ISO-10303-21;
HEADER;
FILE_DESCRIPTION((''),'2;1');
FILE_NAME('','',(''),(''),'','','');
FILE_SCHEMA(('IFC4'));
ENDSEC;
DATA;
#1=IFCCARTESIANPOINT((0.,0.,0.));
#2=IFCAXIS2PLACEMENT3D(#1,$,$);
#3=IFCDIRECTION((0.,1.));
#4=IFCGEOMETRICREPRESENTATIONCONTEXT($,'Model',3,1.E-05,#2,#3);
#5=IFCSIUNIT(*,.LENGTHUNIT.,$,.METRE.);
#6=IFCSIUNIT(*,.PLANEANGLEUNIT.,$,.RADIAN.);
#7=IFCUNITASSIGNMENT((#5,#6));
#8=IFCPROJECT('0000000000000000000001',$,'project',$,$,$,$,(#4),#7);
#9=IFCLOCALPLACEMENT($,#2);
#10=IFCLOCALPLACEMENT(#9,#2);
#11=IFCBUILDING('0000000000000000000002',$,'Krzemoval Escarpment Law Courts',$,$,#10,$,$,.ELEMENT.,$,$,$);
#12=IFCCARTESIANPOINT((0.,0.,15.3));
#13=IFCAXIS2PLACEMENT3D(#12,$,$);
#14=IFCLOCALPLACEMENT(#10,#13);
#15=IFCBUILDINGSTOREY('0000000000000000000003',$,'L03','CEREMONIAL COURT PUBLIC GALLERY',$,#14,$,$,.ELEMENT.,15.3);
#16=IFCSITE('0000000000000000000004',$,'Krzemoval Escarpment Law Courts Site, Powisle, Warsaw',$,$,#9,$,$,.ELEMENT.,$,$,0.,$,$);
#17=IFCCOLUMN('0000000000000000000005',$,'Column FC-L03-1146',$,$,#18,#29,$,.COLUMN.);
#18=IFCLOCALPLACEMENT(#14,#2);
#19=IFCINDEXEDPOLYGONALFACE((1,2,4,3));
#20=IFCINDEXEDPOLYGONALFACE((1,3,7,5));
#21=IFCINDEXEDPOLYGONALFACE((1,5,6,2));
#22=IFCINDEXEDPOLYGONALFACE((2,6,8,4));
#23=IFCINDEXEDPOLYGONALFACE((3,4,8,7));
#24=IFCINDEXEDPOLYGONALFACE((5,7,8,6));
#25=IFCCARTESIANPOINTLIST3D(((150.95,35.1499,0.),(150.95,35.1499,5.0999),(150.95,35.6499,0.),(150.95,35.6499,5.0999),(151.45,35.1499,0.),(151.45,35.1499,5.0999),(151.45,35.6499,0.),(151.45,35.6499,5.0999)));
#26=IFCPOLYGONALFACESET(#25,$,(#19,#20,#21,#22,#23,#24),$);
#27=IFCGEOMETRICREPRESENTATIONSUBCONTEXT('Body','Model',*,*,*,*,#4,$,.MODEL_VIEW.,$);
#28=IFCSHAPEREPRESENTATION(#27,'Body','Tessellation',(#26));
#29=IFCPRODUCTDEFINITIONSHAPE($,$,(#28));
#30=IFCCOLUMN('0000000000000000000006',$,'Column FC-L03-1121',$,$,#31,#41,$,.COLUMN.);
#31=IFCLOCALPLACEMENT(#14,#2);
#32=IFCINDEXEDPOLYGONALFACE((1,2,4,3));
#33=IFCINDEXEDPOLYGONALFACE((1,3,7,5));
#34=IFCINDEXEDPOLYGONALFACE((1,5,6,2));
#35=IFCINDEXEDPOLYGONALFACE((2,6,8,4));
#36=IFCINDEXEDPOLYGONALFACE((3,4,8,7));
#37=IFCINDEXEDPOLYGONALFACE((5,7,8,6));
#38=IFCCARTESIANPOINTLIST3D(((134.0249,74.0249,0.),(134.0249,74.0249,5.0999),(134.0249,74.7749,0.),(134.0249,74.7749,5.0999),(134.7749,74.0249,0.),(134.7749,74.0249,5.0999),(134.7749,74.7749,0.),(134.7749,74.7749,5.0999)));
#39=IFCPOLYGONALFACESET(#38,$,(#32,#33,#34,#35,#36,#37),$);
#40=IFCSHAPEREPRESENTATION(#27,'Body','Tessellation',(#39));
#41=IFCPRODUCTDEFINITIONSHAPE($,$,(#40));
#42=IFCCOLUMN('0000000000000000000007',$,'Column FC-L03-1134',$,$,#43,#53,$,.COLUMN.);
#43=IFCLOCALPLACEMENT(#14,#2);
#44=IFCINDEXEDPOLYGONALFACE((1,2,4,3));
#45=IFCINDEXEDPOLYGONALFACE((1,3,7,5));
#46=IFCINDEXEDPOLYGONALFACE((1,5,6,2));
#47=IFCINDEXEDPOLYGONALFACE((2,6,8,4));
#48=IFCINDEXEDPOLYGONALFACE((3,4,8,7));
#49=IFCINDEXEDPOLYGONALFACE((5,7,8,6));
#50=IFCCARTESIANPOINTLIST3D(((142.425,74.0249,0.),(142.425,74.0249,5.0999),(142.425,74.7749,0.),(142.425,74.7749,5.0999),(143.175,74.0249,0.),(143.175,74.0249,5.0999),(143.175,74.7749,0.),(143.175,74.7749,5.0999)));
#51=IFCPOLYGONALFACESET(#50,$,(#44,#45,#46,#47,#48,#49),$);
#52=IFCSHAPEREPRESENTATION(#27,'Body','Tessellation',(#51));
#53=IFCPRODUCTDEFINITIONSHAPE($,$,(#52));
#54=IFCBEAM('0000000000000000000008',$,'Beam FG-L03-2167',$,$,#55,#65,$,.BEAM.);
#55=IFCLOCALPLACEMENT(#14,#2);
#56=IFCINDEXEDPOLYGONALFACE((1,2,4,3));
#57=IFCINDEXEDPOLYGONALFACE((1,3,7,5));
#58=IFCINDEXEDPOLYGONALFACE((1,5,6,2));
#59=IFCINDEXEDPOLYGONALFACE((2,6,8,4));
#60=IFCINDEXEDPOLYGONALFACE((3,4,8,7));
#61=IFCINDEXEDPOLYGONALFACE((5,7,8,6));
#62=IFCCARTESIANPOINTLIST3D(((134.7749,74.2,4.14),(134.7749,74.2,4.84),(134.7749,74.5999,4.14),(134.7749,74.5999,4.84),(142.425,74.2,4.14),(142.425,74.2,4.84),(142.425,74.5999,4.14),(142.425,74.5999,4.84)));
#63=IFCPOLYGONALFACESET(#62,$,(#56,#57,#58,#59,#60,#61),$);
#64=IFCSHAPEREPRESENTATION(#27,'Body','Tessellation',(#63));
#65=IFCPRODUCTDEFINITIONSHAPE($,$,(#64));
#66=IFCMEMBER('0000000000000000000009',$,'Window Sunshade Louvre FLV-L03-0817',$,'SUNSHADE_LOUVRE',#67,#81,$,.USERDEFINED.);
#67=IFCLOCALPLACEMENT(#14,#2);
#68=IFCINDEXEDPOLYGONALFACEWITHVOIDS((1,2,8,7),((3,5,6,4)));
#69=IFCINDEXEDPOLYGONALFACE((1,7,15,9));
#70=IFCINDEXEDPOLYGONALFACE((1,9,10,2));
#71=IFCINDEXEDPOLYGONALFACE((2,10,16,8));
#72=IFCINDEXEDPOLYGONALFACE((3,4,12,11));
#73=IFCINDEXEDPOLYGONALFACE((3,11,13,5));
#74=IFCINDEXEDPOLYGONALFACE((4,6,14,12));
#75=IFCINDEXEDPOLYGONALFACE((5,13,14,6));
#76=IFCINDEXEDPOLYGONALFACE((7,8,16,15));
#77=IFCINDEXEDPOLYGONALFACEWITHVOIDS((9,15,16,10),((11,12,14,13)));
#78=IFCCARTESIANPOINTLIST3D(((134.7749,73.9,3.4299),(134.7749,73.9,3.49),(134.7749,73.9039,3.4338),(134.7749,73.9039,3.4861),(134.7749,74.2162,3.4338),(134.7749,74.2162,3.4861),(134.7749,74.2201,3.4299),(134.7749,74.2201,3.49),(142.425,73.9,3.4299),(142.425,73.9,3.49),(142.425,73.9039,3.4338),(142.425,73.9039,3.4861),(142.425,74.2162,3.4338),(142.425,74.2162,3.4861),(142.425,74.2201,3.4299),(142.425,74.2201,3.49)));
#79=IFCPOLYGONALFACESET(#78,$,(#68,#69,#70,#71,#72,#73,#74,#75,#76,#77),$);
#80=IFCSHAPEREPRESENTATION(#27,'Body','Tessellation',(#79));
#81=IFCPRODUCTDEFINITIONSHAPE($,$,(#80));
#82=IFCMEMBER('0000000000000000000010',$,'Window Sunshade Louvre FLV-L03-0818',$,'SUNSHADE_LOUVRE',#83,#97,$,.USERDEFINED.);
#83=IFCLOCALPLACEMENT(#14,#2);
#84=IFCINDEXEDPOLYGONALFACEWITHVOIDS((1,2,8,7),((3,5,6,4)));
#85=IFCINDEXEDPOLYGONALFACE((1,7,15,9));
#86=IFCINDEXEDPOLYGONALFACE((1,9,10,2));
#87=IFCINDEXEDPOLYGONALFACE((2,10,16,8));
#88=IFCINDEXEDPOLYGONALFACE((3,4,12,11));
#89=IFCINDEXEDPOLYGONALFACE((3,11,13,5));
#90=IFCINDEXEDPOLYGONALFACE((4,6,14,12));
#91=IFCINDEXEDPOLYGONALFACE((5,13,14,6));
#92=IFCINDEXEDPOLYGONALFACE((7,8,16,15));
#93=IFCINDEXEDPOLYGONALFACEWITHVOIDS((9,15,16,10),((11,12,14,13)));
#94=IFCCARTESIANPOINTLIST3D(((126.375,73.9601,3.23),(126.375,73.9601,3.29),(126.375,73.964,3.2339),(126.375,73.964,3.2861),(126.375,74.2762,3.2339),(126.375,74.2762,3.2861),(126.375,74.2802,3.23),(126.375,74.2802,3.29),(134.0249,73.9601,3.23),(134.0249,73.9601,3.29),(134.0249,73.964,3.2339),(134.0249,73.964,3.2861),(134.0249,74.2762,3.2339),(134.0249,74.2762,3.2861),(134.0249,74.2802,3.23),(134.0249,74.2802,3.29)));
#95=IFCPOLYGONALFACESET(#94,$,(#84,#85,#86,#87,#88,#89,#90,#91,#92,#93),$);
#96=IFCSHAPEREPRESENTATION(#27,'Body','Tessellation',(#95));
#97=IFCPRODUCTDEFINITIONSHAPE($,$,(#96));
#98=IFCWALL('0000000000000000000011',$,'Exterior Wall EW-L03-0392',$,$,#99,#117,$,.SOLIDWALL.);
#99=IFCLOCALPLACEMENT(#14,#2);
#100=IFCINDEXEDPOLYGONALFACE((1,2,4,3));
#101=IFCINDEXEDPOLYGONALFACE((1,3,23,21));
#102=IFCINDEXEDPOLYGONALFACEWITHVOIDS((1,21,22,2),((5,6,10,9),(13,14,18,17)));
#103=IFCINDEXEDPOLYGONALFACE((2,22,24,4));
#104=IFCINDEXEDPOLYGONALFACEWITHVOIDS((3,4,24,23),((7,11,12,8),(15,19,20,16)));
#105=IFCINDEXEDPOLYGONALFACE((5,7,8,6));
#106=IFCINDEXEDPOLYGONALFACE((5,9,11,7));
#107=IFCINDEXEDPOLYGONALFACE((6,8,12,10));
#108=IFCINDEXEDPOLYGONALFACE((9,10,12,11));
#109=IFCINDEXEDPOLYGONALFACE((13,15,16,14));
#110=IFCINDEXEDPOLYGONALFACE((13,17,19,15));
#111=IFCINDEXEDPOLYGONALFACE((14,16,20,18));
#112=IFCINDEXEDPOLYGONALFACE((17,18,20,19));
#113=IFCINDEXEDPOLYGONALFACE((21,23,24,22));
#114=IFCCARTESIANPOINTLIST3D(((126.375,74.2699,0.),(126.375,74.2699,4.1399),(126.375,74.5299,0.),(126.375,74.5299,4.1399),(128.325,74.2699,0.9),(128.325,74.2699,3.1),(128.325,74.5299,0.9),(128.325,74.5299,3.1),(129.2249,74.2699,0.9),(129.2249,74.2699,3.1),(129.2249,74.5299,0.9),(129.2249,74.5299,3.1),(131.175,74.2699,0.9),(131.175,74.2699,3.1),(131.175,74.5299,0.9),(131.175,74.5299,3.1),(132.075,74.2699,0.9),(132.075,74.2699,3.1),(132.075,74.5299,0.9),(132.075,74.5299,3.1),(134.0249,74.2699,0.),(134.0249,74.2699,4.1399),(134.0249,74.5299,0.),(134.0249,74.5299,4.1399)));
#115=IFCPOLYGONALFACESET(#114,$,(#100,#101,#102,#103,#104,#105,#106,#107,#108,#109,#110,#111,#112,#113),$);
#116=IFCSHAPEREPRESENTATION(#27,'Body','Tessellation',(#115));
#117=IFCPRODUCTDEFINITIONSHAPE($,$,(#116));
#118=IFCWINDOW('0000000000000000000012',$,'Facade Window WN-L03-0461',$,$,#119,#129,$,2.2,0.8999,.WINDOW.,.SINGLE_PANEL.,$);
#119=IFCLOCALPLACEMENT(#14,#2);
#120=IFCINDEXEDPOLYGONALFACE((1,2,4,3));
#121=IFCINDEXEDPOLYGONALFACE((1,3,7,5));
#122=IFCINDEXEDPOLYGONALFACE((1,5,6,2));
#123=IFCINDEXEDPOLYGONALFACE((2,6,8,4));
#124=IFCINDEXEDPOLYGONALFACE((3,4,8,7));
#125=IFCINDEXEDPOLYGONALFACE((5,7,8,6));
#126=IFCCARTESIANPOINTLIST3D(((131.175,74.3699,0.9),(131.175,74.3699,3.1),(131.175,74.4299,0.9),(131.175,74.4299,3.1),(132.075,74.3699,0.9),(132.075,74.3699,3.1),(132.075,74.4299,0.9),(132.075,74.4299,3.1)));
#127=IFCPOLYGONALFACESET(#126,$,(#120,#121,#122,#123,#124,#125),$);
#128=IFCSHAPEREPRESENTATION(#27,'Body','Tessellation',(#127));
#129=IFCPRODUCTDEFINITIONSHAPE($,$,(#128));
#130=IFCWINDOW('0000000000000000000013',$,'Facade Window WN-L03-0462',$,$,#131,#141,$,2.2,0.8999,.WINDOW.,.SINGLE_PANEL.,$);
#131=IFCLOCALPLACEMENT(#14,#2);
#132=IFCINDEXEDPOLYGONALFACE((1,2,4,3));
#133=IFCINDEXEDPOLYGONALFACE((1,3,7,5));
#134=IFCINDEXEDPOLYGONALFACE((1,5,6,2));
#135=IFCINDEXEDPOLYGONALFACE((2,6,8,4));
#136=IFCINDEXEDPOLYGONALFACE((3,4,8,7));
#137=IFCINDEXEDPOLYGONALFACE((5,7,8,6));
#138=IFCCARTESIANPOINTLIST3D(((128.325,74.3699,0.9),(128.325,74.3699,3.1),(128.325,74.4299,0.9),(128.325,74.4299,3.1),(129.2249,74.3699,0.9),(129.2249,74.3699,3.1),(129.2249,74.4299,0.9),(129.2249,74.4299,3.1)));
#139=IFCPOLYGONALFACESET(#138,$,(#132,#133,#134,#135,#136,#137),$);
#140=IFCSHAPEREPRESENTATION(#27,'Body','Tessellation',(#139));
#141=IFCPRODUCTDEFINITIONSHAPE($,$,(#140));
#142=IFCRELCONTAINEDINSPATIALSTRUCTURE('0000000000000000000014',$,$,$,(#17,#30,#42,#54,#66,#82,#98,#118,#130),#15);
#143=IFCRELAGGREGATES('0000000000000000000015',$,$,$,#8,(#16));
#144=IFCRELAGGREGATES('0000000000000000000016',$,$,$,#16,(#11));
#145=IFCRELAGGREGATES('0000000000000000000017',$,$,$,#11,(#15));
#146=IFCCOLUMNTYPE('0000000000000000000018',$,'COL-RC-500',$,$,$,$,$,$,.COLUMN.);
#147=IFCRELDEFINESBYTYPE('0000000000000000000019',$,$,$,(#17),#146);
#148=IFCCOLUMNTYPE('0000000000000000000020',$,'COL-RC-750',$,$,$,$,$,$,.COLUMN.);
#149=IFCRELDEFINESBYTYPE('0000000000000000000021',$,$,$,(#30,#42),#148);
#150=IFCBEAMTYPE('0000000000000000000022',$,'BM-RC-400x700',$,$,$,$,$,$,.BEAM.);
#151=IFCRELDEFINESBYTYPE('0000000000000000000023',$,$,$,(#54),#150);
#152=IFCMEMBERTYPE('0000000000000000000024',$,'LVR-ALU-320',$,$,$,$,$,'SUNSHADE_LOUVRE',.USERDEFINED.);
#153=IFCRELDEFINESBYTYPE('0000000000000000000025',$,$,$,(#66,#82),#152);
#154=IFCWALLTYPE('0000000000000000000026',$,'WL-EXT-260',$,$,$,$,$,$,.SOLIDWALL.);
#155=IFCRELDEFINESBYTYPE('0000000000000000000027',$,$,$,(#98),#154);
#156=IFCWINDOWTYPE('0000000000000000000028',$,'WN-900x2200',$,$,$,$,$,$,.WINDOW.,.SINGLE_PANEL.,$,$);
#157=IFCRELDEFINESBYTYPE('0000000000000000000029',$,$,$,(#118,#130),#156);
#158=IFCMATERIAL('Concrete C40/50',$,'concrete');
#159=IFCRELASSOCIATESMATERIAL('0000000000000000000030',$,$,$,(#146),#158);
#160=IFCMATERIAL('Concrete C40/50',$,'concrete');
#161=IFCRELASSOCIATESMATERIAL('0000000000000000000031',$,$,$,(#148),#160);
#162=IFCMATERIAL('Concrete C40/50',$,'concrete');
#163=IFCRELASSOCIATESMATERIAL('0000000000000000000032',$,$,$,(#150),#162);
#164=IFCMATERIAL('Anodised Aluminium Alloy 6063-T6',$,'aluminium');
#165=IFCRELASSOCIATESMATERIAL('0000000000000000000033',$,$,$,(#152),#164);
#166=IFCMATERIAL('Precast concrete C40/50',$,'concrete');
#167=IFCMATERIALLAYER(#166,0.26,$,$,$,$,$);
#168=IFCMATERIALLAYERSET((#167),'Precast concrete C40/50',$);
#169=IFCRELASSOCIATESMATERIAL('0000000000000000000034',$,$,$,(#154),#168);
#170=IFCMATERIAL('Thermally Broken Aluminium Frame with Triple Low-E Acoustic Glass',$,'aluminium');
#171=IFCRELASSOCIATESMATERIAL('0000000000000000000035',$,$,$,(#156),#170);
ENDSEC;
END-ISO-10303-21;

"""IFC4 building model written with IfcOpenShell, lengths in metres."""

from ifc_helpers import new_model, si_unit, direction, frame, frame_2d, origin, origin_2d, place, context, subcontext, project, spatial, rectangle, hollow_rectangle, extrude, material, layer, layer_set, material_profile, profile_set, type_object, element, fill, save


model = new_model("IFC4")

# Units and contexts
model_context = context("Model", 3, precision=1e-05, world=origin(), true_north=direction((0.0, 1.0)))
body_context = subcontext(model_context, "Body", "Model", "MODEL_VIEW")
ifc_project = project(units=[si_unit("LENGTHUNIT", "METRE"), si_unit("PLANEANGLEUNIT", "RADIAN")], contexts=[model_context])

# Site, building, storey
site_placement = place(None, origin())
site = spatial("IfcSite", under=ifc_project, at=site_placement, Name="Krzemoval Escarpment Law Courts Site, Powisle, Warsaw", CompositionType="ELEMENT", RefElevation=0.0)
building_placement = place(site_placement, origin())
building = spatial("IfcBuilding", under=site, at=building_placement, Name="Krzemoval Escarpment Law Courts", CompositionType="ELEMENT")
storey_placement = place(building_placement, frame((0.0, 0.0, 15.3)))
storey = spatial("IfcBuildingStorey", under=building, at=storey_placement, Name="L03", Description="CEREMONIAL COURT PUBLIC GALLERY", CompositionType="ELEMENT", Elevation=15.3)

# Columns
ifc_material_1 = material(Name="Concrete C40/50", Category="concrete")
ifc_material_profile_1 = material_profile(ifc_material_1, rectangle(XDim=0.5, YDim=0.5, at=origin_2d()), Name="RC 500x500")
ifc_profile_set_1 = profile_set([ifc_material_profile_1], Name="Concrete C40/50")
column_type_1 = type_object("IfcColumnType", Name="COL-RC-500", PredefinedType="COLUMN", material=ifc_profile_set_1)
column_placement = place(storey_placement, frame((151.2, 35.3999, 0.0), z_axis=(0.0, 0.0, 1.0), x_axis=(1.0, 0.0, 0.0)))
element("IfcColumn", 1, at=column_placement, inside=storey, type_object=column_type_1, Name="Column FC-L03-1146", PredefinedType="COLUMN", context=body_context, shape_type="SweptSolid", body=[
    extrude(rectangle(XDim=0.5, YDim=0.5, at=origin_2d()), origin(), (0.0, 0.0, 1.0), 5.0999),
])
ifc_material_2 = material(Name="Concrete C40/50", Category="concrete")
ifc_material_profile_2 = material_profile(ifc_material_2, rectangle(XDim=0.75, YDim=0.75, at=origin_2d()), Name="RC 750x750")
ifc_profile_set_2 = profile_set([ifc_material_profile_2], Name="Concrete C40/50")
column_type_2 = type_object("IfcColumnType", Name="COL-RC-750", PredefinedType="COLUMN", material=ifc_profile_set_2)
for number, where, z_axis, x_axis, name in (
    (2, (134.3999, 74.3999, 0.0), (0.0, 0.0, 1.0), (1.0, 0.0, 0.0), "Column FC-L03-1121"),
    (3, (142.8, 74.3999, 0.0), (0.0, 0.0, 1.0), (1.0, 0.0, 0.0), "Column FC-L03-1134"),
):
    element("IfcColumn", number, at=place(storey_placement, frame(where, z_axis=z_axis, x_axis=x_axis)), inside=storey, type_object=column_type_2, Name=name, PredefinedType="COLUMN", context=body_context, shape_type="SweptSolid", body=[
        extrude(rectangle(XDim=0.75, YDim=0.75, at=origin_2d()), origin(), (0.0, 0.0, 1.0), 5.0999),
    ])

# Beam
ifc_material_3 = material(Name="Concrete C40/50", Category="concrete")
ifc_material_profile_3 = material_profile(ifc_material_3, rectangle(XDim=0.3999, YDim=0.7, at=origin_2d()), Name="RCB 400x700")
ifc_profile_set_3 = profile_set([ifc_material_profile_3], Name="Concrete C40/50")
beam_type = type_object("IfcBeamType", Name="BM-RC-400x700", PredefinedType="BEAM", material=ifc_profile_set_3)
beam_placement = place(storey_placement, frame((134.7749, 74.3999, 4.49), z_axis=(1.0, 0.0, 0.0), x_axis=(0.0, 1.0, 0.0)))
element("IfcBeam", 4, at=beam_placement, inside=storey, type_object=beam_type, Name="Beam FG-L03-2167", PredefinedType="BEAM", context=body_context, shape_type="SweptSolid", body=[
    extrude(rectangle(XDim=0.3999, YDim=0.7, at=origin_2d()), origin(), (0.0, 0.0, 1.0), 7.6501),
])

# Members
ifc_material_4 = material(Name="Anodised Aluminium Alloy 6063-T6", Category="aluminium")
ifc_material_profile_4 = material_profile(ifc_material_4, hollow_rectangle(XDim=0.0601, YDim=0.3201, WallThickness=0.0039, at=origin_2d()), Name="ALU LVR 60x320")
ifc_profile_set_4 = profile_set([ifc_material_profile_4], Name="Anodised Aluminium Alloy 6063-T6")
member_type = type_object("IfcMemberType", Name="LVR-ALU-320", ElementType="SUNSHADE_LOUVRE", PredefinedType="USERDEFINED", material=ifc_profile_set_4)
member_1_placement = place(storey_placement, frame((142.425, 74.0601, 3.46), z_axis=(-1.0, 0.0, 0.0), x_axis=(0.0, 0.0, 1.0)))
element("IfcMember", 5, at=member_1_placement, inside=storey, type_object=member_type, Name="Window Sunshade Louvre FLV-L03-0817", ObjectType="SUNSHADE_LOUVRE", PredefinedType="USERDEFINED", context=body_context, shape_type="SweptSolid", body=[
    extrude(hollow_rectangle(XDim=0.0601, YDim=0.3201, WallThickness=0.0039, at=origin_2d()), origin(), (0.0, 0.0, 1.0), 7.6501),
])
member_2_placement = place(storey_placement, frame((134.0249, 74.1201, 3.26), z_axis=(-1.0, 0.0, 0.0), x_axis=(0.0, 0.0, 1.0)))
element("IfcMember", 6, at=member_2_placement, inside=storey, type_object=member_type, Name="Window Sunshade Louvre FLV-L03-0818", ObjectType="SUNSHADE_LOUVRE", PredefinedType="USERDEFINED", context=body_context, shape_type="SweptSolid", body=[
    extrude(hollow_rectangle(XDim=0.0601, YDim=0.3201, WallThickness=0.0039, at=origin_2d()), origin(), (0.0, 0.0, 1.0), 7.6499),
])

# Wall, openings, windows
ifc_material_5 = material(Name="Precast concrete C40/50", Category="concrete")
ifc_layer_1 = layer(ifc_material_5, 0.26)
ifc_layer_set_1 = layer_set([ifc_layer_1], Name="Precast concrete C40/50")
wall_type_1 = type_object("IfcWallType", Name="WL-EXT-260", PredefinedType="SOLIDWALL", material=ifc_layer_set_1)
wall_1_placement = place(storey_placement, frame((134.0249, 74.3999, 0.0), z_axis=(0.0, 0.0, 1.0), x_axis=(-1.0, 0.0, 0.0)))
wall_1 = element("IfcWall", 7, at=wall_1_placement, inside=storey, type_object=wall_type_1, Name="Exterior Wall EW-L03-0392", PredefinedType="SOLIDWALL", context=body_context, shape_type="SweptSolid", body=[
    extrude(rectangle(XDim=7.6499, YDim=0.26, at=frame_2d((3.825, 0.0))), origin(), (0.0, 0.0, 1.0), 4.1399),
])
opening_1_placement = place(wall_1_placement, frame((1.95, 0.0, 0.8999)))
opening_1 = element("IfcOpeningElement", 8, at=opening_1_placement, cuts=wall_1, PredefinedType="OPENING", context=body_context, shape_type="SweptSolid", body=[
    extrude(rectangle(XDim=0.8999, YDim=2.2, at=frame_2d((0.45, 1.1001))), frame((0.0, 0.145, 0.0), z_axis=(0.0, -1.0, 0.0), x_axis=(1.0, 0.0, 0.0)), (0.0, 0.0, 1.0), 0.29),
])
opening_2_placement = place(wall_1_placement, frame((4.8, 0.0, 0.8999)))
opening_2 = element("IfcOpeningElement", 9, at=opening_2_placement, cuts=wall_1, PredefinedType="OPENING", context=body_context, shape_type="SweptSolid", body=[
    extrude(rectangle(XDim=0.8999, YDim=2.2, at=frame_2d((0.45, 1.1001))), frame((0.0, 0.145, 0.0), z_axis=(0.0, -1.0, 0.0), x_axis=(1.0, 0.0, 0.0)), (0.0, 0.0, 1.0), 0.29),
])
ifc_material_6 = material(Name="Thermally Broken Aluminium Frame with Triple Low-E Acoustic Glass", Category="aluminium")
window_type_1 = type_object("IfcWindowType", Name="WN-900x2200", PartitioningType="SINGLE_PANEL", PredefinedType="WINDOW", material=ifc_material_6)
window_1_placement = place(opening_1_placement, origin())
window_1 = element("IfcWindow", 10, at=window_1_placement, inside=storey, type_object=window_type_1, Name="Facade Window WN-L03-0461", OverallHeight=2.2, OverallWidth=0.8999, PartitioningType="SINGLE_PANEL", PredefinedType="WINDOW", context=body_context, shape_type="SweptSolid", body=[
    extrude(rectangle(XDim=0.8999, YDim=2.2, at=frame_2d((0.45, 1.1001))), frame((0.0, 0.03, 0.0), z_axis=(0.0, -1.0, 0.0), x_axis=(1.0, 0.0, 0.0)), (0.0, 0.0, 1.0), 0.0601),
])
fill(opening_1, window_1)
window_2_placement = place(opening_2_placement, origin())
window_2 = element("IfcWindow", 11, at=window_2_placement, inside=storey, type_object=window_type_1, Name="Facade Window WN-L03-0462", OverallHeight=2.2, OverallWidth=0.8999, PartitioningType="SINGLE_PANEL", PredefinedType="WINDOW", context=body_context, shape_type="SweptSolid", body=[
    extrude(rectangle(XDim=0.8999, YDim=2.2, at=frame_2d((0.45, 1.1001))), frame((0.0, 0.03, 0.0), z_axis=(0.0, -1.0, 0.0), x_axis=(1.0, 0.0, 0.0)), (0.0, 0.0, 1.0), 0.0601),
])
fill(opening_2, window_2)

save(model, "model.ifc")
